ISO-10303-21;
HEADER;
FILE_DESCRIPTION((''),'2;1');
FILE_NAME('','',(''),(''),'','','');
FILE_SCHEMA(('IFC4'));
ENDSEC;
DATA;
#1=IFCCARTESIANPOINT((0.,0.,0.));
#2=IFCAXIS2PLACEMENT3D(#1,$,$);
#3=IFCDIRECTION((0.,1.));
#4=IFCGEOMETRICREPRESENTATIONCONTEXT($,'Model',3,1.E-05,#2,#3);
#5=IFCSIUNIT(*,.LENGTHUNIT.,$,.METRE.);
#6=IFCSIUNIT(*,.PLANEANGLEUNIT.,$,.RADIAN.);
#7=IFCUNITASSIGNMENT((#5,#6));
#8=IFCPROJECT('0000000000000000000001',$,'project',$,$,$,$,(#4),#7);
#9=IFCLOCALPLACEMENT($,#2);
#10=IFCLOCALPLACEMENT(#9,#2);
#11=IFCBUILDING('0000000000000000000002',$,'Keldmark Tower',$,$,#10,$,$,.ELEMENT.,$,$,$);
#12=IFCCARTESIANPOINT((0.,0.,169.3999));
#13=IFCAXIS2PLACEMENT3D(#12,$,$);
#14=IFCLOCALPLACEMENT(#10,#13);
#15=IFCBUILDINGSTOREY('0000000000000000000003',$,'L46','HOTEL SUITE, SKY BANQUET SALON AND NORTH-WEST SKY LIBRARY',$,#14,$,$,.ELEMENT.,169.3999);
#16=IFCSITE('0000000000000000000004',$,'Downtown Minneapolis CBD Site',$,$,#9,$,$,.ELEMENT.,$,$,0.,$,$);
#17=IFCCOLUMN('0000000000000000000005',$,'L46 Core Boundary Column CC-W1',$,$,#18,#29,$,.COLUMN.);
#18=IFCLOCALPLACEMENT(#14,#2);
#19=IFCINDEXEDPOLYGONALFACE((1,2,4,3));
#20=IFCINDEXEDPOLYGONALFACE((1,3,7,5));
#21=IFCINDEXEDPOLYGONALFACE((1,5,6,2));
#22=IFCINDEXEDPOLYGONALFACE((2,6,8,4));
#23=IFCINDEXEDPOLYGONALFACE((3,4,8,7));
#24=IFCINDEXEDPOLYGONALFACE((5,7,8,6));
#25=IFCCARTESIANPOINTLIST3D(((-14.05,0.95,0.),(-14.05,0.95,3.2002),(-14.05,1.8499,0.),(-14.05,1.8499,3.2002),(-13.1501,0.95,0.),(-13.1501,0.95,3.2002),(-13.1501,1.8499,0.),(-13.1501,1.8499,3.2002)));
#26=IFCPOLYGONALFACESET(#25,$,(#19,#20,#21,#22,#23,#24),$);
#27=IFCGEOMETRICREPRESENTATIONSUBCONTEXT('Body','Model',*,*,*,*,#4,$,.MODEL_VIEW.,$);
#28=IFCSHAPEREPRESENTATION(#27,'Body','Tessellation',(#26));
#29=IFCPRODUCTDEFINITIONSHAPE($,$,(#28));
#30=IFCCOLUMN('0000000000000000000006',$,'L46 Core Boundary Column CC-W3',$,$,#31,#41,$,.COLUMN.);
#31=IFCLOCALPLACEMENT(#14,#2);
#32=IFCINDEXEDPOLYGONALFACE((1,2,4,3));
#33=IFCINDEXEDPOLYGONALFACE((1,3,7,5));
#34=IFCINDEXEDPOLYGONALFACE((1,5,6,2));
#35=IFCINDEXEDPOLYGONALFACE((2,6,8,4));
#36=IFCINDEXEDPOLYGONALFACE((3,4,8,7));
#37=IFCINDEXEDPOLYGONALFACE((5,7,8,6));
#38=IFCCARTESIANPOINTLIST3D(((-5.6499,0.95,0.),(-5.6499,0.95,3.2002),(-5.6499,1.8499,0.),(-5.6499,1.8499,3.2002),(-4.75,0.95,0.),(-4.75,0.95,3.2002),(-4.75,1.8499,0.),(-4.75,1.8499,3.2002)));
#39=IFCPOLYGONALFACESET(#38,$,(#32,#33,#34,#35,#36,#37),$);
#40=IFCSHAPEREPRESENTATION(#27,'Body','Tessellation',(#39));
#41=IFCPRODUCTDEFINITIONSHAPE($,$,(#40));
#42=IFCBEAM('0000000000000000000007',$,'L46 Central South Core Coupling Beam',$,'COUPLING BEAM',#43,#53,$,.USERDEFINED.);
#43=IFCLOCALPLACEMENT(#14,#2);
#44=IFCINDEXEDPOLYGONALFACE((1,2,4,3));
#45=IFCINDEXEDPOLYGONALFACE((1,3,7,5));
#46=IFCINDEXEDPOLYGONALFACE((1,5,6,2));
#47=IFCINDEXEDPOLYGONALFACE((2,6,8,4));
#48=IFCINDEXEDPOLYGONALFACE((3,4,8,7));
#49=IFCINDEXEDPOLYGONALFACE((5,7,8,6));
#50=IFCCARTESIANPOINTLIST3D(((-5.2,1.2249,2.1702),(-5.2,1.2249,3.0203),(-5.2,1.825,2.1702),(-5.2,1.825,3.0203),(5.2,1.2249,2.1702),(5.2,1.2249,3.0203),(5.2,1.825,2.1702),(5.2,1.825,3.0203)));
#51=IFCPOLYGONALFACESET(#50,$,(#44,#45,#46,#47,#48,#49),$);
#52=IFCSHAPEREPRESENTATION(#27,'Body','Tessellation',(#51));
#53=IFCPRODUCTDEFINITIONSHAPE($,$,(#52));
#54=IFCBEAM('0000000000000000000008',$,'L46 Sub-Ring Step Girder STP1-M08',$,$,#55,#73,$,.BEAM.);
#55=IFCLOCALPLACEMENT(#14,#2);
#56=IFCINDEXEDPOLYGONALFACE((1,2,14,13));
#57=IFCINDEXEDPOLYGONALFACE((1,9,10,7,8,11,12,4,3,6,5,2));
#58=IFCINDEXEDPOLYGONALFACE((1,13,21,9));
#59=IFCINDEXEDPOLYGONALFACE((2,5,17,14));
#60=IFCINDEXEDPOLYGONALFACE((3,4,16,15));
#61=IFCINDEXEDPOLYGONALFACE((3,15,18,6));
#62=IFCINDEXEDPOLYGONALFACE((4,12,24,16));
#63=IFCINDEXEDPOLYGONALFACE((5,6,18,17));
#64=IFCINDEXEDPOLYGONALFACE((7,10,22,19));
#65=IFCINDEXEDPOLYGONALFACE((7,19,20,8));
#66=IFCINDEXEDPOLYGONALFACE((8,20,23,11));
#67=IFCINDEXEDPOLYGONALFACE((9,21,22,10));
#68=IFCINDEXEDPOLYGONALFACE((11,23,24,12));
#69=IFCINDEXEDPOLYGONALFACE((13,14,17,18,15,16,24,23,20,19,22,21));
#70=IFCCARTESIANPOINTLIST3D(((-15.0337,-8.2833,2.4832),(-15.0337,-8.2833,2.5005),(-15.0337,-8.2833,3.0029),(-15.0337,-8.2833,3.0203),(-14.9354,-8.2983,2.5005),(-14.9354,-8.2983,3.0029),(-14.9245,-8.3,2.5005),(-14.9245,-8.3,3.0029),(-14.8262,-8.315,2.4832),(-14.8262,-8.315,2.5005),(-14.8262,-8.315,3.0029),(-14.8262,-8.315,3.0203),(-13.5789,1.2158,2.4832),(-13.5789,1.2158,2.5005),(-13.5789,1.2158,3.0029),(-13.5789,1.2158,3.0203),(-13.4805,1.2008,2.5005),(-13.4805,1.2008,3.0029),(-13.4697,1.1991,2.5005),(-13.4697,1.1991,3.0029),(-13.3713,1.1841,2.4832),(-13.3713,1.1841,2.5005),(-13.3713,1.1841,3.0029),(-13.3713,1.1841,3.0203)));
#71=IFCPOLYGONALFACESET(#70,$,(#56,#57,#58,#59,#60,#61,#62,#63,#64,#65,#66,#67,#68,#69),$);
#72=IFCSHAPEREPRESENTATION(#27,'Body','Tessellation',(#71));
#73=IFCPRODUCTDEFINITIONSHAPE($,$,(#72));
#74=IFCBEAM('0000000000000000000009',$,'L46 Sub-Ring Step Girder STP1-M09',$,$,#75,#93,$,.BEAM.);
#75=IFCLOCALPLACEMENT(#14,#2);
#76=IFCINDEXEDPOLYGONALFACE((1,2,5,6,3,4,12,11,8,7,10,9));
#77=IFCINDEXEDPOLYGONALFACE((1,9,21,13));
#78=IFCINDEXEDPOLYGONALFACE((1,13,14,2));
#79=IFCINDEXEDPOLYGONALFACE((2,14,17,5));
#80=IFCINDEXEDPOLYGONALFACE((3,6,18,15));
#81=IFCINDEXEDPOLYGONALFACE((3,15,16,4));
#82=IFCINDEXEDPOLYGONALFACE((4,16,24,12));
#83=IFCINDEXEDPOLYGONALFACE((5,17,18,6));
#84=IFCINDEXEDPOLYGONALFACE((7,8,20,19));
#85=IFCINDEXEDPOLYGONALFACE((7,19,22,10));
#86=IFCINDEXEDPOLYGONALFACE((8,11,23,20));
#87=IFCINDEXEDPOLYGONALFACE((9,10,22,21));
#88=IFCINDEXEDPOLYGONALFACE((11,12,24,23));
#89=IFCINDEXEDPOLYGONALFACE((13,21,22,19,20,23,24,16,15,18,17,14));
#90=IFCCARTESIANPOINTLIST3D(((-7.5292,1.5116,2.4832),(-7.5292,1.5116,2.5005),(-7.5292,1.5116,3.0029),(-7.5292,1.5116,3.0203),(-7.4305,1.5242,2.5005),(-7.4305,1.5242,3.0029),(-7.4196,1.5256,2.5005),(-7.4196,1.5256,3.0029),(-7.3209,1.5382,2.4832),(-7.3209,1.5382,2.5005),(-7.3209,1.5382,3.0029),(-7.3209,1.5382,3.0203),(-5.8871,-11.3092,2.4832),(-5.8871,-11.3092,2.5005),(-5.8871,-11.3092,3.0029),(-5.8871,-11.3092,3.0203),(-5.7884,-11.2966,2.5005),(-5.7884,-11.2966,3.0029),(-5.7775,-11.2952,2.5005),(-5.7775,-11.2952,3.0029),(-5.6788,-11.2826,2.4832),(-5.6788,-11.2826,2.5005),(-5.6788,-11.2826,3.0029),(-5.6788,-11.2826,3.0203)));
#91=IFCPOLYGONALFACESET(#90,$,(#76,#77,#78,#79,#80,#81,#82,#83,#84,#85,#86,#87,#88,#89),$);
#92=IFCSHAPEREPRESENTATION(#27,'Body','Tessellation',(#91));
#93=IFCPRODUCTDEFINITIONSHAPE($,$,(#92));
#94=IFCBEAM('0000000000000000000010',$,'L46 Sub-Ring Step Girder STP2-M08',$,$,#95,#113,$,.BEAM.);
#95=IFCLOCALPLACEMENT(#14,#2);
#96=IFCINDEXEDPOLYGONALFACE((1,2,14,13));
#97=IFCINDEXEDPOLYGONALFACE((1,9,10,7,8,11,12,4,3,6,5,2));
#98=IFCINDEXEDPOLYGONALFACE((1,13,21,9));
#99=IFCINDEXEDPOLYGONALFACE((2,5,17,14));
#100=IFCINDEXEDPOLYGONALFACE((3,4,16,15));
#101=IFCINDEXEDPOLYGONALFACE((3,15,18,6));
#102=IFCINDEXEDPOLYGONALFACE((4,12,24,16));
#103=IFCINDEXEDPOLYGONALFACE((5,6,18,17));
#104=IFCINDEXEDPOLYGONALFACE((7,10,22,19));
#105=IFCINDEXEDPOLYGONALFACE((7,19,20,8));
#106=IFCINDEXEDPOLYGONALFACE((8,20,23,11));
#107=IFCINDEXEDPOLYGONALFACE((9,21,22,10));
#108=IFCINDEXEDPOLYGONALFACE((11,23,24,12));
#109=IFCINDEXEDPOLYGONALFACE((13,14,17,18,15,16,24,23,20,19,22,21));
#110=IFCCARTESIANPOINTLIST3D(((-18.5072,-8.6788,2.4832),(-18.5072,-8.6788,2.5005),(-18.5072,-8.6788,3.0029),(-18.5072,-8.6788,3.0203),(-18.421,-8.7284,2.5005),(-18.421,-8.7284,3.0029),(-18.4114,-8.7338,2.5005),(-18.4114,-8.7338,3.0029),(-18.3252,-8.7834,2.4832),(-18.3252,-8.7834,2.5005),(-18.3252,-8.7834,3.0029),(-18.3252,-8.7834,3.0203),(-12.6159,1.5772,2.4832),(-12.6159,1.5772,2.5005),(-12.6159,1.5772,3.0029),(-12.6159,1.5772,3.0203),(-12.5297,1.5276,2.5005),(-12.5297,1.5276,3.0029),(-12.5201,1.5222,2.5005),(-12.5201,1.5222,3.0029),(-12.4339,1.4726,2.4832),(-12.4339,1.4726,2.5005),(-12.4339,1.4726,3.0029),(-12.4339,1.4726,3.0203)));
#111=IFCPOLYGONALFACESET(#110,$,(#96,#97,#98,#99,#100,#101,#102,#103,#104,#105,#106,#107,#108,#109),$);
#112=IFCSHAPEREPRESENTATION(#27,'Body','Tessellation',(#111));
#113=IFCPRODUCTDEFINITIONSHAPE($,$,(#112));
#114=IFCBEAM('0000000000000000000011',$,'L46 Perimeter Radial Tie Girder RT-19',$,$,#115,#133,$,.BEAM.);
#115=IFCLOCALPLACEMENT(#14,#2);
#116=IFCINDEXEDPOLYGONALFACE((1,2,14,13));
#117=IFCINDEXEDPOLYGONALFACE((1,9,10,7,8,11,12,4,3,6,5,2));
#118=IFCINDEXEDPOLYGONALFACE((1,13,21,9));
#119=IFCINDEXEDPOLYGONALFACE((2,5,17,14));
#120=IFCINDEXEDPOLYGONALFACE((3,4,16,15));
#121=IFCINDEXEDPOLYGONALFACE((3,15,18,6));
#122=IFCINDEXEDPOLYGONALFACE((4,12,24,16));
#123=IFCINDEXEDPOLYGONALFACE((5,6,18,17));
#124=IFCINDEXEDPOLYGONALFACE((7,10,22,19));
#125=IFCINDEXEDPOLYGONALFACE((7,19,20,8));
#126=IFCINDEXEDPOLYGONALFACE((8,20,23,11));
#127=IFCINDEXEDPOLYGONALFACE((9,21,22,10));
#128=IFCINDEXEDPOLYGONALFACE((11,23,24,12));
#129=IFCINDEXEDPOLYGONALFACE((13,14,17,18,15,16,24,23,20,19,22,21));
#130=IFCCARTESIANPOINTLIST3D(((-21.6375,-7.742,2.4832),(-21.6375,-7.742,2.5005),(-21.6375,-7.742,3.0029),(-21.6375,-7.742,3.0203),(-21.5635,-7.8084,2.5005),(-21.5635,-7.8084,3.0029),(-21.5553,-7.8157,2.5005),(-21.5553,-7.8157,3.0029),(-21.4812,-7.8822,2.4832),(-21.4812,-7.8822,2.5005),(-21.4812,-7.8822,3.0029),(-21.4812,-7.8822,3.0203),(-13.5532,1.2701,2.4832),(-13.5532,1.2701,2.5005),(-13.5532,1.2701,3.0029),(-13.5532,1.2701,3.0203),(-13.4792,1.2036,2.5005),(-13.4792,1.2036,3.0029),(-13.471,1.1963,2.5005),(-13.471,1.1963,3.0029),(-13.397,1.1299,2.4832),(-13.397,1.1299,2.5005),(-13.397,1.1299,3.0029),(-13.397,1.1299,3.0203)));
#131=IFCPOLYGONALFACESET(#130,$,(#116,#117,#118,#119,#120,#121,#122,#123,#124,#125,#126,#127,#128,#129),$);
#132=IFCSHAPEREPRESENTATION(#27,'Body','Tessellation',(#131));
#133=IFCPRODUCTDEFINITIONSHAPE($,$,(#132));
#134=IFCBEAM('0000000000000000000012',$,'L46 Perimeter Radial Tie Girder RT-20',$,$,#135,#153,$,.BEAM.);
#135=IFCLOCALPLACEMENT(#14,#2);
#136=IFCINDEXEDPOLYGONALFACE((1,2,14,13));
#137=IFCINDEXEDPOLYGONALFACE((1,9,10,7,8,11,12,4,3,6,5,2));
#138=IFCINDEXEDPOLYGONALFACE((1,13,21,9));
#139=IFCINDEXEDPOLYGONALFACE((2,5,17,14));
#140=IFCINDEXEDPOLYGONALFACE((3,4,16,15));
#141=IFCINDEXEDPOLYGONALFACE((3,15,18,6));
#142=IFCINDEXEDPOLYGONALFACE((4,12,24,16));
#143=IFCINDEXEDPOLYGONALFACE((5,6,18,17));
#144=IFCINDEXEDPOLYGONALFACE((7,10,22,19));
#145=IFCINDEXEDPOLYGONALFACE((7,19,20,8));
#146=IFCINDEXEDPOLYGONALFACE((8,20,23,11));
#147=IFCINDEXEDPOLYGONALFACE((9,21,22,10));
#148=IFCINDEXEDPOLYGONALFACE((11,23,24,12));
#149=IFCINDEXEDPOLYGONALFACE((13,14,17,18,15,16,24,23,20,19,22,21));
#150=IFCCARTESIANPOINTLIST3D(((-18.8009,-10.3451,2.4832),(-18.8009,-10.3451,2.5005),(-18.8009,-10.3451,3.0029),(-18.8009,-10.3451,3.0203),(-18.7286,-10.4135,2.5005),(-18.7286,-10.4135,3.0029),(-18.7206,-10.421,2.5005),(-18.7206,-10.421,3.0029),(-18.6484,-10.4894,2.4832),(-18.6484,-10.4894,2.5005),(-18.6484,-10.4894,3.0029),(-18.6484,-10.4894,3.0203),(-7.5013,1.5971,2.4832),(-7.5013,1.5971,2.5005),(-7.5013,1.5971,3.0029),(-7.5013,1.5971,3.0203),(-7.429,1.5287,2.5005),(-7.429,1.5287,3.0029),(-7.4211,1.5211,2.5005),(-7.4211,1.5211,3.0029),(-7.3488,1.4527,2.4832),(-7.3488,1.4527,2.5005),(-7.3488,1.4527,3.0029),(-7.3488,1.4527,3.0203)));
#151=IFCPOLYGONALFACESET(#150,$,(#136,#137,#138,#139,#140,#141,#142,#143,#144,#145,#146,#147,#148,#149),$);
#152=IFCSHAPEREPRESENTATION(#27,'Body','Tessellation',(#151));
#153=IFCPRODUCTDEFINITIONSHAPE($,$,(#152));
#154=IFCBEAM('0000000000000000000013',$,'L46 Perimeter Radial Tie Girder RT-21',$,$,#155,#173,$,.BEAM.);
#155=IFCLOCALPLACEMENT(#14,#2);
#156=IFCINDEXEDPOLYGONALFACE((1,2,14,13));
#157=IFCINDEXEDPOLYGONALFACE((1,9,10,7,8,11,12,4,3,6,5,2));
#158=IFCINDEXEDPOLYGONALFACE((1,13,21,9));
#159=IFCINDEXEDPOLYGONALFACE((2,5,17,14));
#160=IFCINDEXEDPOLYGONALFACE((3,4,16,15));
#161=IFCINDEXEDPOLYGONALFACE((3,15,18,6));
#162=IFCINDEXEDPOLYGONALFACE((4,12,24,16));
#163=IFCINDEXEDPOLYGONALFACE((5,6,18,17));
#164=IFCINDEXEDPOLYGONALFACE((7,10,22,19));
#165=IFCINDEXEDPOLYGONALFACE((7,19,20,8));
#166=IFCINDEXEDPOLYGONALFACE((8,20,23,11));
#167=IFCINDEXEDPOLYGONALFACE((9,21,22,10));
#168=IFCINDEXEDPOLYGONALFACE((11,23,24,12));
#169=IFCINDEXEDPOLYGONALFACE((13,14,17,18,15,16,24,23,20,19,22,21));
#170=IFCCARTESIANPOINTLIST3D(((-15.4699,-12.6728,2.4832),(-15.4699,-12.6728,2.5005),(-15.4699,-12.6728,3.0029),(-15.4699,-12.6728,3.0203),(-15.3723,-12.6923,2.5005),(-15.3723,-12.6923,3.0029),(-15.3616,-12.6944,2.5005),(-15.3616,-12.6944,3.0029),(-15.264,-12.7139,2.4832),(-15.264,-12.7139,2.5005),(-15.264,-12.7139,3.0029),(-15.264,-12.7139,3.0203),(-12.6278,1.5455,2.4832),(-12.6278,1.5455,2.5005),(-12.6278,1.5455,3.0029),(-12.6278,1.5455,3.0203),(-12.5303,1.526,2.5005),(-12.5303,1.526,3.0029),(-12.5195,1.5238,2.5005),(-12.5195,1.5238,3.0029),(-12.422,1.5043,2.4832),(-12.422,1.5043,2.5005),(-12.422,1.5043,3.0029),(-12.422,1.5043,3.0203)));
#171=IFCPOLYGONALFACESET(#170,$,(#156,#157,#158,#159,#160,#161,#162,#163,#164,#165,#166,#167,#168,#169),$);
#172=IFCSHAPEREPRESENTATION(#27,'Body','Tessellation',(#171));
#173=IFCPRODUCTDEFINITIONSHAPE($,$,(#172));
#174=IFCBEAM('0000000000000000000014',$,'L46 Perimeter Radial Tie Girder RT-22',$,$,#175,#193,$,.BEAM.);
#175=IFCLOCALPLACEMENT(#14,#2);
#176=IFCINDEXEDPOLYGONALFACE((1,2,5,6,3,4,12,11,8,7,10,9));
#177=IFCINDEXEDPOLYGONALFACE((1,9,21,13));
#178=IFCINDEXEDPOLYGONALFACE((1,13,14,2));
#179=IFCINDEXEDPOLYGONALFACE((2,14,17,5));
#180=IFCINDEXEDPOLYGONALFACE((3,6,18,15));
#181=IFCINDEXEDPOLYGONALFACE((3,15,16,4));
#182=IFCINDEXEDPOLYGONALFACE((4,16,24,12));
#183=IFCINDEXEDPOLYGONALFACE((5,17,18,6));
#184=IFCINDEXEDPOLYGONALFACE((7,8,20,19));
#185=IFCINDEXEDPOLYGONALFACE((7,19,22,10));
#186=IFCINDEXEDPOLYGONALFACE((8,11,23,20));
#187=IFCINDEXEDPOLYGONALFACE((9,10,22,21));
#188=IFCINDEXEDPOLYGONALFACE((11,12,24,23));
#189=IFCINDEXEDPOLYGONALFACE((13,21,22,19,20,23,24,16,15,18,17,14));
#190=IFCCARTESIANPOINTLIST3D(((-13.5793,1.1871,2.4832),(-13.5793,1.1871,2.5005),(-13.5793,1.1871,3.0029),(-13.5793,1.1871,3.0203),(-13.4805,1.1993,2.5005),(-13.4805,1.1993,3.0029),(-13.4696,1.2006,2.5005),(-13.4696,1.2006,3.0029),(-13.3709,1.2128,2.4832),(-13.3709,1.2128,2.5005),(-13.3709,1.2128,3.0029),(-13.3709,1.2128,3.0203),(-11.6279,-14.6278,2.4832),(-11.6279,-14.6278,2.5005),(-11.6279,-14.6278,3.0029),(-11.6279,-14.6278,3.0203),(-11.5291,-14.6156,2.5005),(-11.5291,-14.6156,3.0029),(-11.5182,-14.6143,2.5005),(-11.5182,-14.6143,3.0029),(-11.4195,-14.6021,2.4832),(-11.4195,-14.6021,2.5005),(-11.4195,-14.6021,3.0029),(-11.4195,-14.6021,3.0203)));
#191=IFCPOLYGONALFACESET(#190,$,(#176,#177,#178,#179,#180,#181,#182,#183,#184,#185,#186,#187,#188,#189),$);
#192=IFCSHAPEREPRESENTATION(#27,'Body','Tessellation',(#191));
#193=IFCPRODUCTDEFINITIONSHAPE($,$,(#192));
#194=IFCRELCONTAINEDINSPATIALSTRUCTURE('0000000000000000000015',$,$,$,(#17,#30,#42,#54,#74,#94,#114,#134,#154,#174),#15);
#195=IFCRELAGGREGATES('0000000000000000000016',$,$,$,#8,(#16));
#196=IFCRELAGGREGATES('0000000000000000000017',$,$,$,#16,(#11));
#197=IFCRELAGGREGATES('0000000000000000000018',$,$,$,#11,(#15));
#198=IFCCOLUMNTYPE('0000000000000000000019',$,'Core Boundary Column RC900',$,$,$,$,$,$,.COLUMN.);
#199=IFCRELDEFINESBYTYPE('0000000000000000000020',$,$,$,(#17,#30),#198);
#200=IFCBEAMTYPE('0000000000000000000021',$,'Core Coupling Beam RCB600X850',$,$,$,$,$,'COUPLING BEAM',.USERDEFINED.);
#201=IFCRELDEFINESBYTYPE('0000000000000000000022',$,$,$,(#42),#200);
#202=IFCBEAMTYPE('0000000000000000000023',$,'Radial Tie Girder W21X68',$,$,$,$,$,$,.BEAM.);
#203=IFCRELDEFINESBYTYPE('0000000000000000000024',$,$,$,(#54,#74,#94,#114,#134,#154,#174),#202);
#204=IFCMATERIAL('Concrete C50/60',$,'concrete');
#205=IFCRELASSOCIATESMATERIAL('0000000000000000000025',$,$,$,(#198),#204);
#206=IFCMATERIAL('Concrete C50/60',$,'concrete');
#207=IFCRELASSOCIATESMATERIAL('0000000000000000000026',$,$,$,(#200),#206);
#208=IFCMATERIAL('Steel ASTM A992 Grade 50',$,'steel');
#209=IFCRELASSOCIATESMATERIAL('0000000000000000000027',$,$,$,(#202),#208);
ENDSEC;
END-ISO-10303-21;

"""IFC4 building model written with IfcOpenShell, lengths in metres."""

from ifc_helpers import new_model, si_unit, direction, frame, origin, origin_2d, place, context, subcontext, project, spatial, rectangle, i_section, extrude, material, material_profile, profile_set, type_object, element, save


model = new_model("IFC4")

# Units and contexts
model_context = context("Model", 3, precision=1e-05, world=origin(), true_north=direction((0.0, 1.0)))
body_context = subcontext(model_context, "Body", "Model", "MODEL_VIEW")
ifc_project = project(units=[si_unit("LENGTHUNIT", "METRE"), si_unit("PLANEANGLEUNIT", "RADIAN")], contexts=[model_context])

# Site, building, storey
site_placement = place(None, origin())
site = spatial("IfcSite", under=ifc_project, at=site_placement, Name="Downtown Minneapolis CBD Site", CompositionType="ELEMENT", RefElevation=0.0)
building_placement = place(site_placement, origin())
building = spatial("IfcBuilding", under=site, at=building_placement, Name="Keldmark Tower", CompositionType="ELEMENT")
storey_placement = place(building_placement, frame((0.0, 0.0, 169.3999)))
storey = spatial("IfcBuildingStorey", under=building, at=storey_placement, Name="L46", Description="HOTEL SUITE, SKY BANQUET SALON AND NORTH-WEST SKY LIBRARY", CompositionType="ELEMENT", Elevation=169.3999)

# Columns
ifc_material_1 = material(Name="Concrete C50/60", Category="concrete")
ifc_material_profile_1 = material_profile(ifc_material_1, rectangle(XDim=0.8999, YDim=0.8999, at=origin_2d()), Name="RC900X900")
ifc_profile_set_1 = profile_set([ifc_material_profile_1], Name="Concrete C50/60")
column_type = type_object("IfcColumnType", Name="Core Boundary Column RC900", PredefinedType="COLUMN", material=ifc_profile_set_1)
for number, where, z_axis, x_axis, name in (
    (1, (-13.6001, 1.3999, 0.0), (0.0, 0.0, 1.0), (1.0, 0.0, 0.0), "L46 Core Boundary Column CC-W1"),
    (2, (-5.2, 1.3999, 0.0), (0.0, 0.0, 1.0), (1.0, 0.0, 0.0), "L46 Core Boundary Column CC-W3"),
):
    element("IfcColumn", number, at=place(storey_placement, frame(where, z_axis=z_axis, x_axis=x_axis)), inside=storey, type_object=column_type, Name=name, PredefinedType="COLUMN", context=body_context, shape_type="SweptSolid", body=[
        extrude(rectangle(XDim=0.8999, YDim=0.8999, at=origin_2d()), origin(), (0.0, 0.0, 1.0), 3.2002),
    ])

# Beams
ifc_material_2 = material(Name="Concrete C50/60", Category="concrete")
ifc_material_profile_2 = material_profile(ifc_material_2, rectangle(XDim=0.6001, YDim=0.8501, at=origin_2d()), Name="RCB600X850")
ifc_profile_set_2 = profile_set([ifc_material_profile_2], Name="Concrete C50/60")
beam_type_1 = type_object("IfcBeamType", Name="Core Coupling Beam RCB600X850", ElementType="COUPLING BEAM", PredefinedType="USERDEFINED", material=ifc_profile_set_2)
beam_1_placement = place(storey_placement, frame((-5.2, 1.5249, 2.5952), z_axis=(1.0, 0.0, 0.0), x_axis=(0.0, 1.0, 0.0)))
element("IfcBeam", 3, at=beam_1_placement, inside=storey, type_object=beam_type_1, Name="L46 Central South Core Coupling Beam", ObjectType="COUPLING BEAM", PredefinedType="USERDEFINED", context=body_context, shape_type="SweptSolid", body=[
    extrude(rectangle(XDim=0.6001, YDim=0.8501, at=origin_2d()), origin(), (0.0, 0.0, 1.0), 10.3999),
])
ifc_material_3 = material(Name="Steel ASTM A992 Grade 50", Category="steel")
ifc_material_profile_3 = material_profile(ifc_material_3, i_section(OverallWidth=0.21, OverallDepth=0.5371, WebThickness=0.011, FlangeThickness=0.0173, at=origin_2d()), Name="W21X68")
ifc_profile_set_3 = profile_set([ifc_material_profile_3], Name="Steel ASTM A992 Grade 50")
beam_type_2 = type_object("IfcBeamType", Name="Radial Tie Girder W21X68", PredefinedType="BEAM", material=ifc_profile_set_3)
beam_2_placement = place(storey_placement, frame((-13.4751, 1.2, 2.7517), z_axis=(-0.151391, -0.988474, 0.0), x_axis=(0.988474, -0.151391, 0.0)))
element("IfcBeam", 4, at=beam_2_placement, inside=storey, type_object=beam_type_2, Name="L46 Sub-Ring Step Girder STP1-M08", PredefinedType="BEAM", context=body_context, shape_type="SweptSolid", body=[
    extrude(i_section(OverallWidth=0.21, OverallDepth=0.5371, WebThickness=0.011, FlangeThickness=0.0173, at=origin_2d()), origin(), (0.0, 0.0, 1.0), 9.6099),
])
beam_3_placement = place(storey_placement, frame((-7.425, 1.5249, 2.7517), z_axis=(0.127042, -0.991897, 0.0), x_axis=(0.991897, 0.127042, 0.0)))
element("IfcBeam", 5, at=beam_3_placement, inside=storey, type_object=beam_type_2, Name="L46 Sub-Ring Step Girder STP1-M09", PredefinedType="BEAM", context=body_context, shape_type="SweptSolid", body=[
    extrude(i_section(OverallWidth=0.21, OverallDepth=0.5371, WebThickness=0.011, FlangeThickness=0.0173, at=origin_2d()), origin(), (0.0, 0.0, 1.0), 12.9255),
])
beam_4_placement = place(storey_placement, frame((-12.5249, 1.5249, 2.7517), z_axis=(-0.498096, -0.867122, 0.0), x_axis=(0.867122, -0.498096, 0.0)))
element("IfcBeam", 6, at=beam_4_placement, inside=storey, type_object=beam_type_2, Name="L46 Sub-Ring Step Girder STP2-M08", PredefinedType="BEAM", context=body_context, shape_type="SweptSolid", body=[
    extrude(i_section(OverallWidth=0.21, OverallDepth=0.5371, WebThickness=0.011, FlangeThickness=0.0173, at=origin_2d()), origin(), (0.0, 0.0, 1.0), 11.8276),
])
beam_5_placement = place(storey_placement, frame((-13.4751, 1.2, 2.7517), z_axis=(-0.667753, -0.744383, 0.0), x_axis=(0.744383, -0.667753, 0.0)))
element("IfcBeam", 7, at=beam_5_placement, inside=storey, type_object=beam_type_2, Name="L46 Perimeter Radial Tie Girder RT-19", PredefinedType="BEAM", context=body_context, shape_type="SweptSolid", body=[
    extrude(i_section(OverallWidth=0.21, OverallDepth=0.5371, WebThickness=0.011, FlangeThickness=0.0173, at=origin_2d()), origin(), (0.0, 0.0, 1.0), 12.1067),
])
beam_6_placement = place(storey_placement, frame((-7.425, 1.5249, 2.7517), z_axis=(-0.687294, -0.726379, 0.0), x_axis=(0.726379, -0.687294, 0.0)))
element("IfcBeam", 8, at=beam_6_placement, inside=storey, type_object=beam_type_2, Name="L46 Perimeter Radial Tie Girder RT-20", PredefinedType="BEAM", context=body_context, shape_type="SweptSolid", body=[
    extrude(i_section(OverallWidth=0.21, OverallDepth=0.5371, WebThickness=0.011, FlangeThickness=0.0173, at=origin_2d()), origin(), (0.0, 0.0, 1.0), 16.4407),
])
beam_7_placement = place(storey_placement, frame((-12.5249, 1.5249, 2.7517), z_axis=(-0.196009, -0.980602, 0.0), x_axis=(0.980602, -0.196009, 0.0)))
element("IfcBeam", 9, at=beam_7_placement, inside=storey, type_object=beam_type_2, Name="L46 Perimeter Radial Tie Girder RT-21", PredefinedType="BEAM", context=body_context, shape_type="SweptSolid", body=[
    extrude(i_section(OverallWidth=0.21, OverallDepth=0.5371, WebThickness=0.011, FlangeThickness=0.0173, at=origin_2d()), origin(), (0.0, 0.0, 1.0), 14.4995),
])
beam_8_placement = place(storey_placement, frame((-13.4751, 1.2, 2.7517), z_axis=(0.122462, -0.992473, 0.0), x_axis=(0.992473, 0.122462, 0.0)))
element("IfcBeam", 10, at=beam_8_placement, inside=storey, type_object=beam_type_2, Name="L46 Perimeter Radial Tie Girder RT-22", PredefinedType="BEAM", context=body_context, shape_type="SweptSolid", body=[
    extrude(i_section(OverallWidth=0.21, OverallDepth=0.5371, WebThickness=0.011, FlangeThickness=0.0173, at=origin_2d()), origin(), (0.0, 0.0, 1.0), 15.9348),
])

save(model, "model.ifc")
